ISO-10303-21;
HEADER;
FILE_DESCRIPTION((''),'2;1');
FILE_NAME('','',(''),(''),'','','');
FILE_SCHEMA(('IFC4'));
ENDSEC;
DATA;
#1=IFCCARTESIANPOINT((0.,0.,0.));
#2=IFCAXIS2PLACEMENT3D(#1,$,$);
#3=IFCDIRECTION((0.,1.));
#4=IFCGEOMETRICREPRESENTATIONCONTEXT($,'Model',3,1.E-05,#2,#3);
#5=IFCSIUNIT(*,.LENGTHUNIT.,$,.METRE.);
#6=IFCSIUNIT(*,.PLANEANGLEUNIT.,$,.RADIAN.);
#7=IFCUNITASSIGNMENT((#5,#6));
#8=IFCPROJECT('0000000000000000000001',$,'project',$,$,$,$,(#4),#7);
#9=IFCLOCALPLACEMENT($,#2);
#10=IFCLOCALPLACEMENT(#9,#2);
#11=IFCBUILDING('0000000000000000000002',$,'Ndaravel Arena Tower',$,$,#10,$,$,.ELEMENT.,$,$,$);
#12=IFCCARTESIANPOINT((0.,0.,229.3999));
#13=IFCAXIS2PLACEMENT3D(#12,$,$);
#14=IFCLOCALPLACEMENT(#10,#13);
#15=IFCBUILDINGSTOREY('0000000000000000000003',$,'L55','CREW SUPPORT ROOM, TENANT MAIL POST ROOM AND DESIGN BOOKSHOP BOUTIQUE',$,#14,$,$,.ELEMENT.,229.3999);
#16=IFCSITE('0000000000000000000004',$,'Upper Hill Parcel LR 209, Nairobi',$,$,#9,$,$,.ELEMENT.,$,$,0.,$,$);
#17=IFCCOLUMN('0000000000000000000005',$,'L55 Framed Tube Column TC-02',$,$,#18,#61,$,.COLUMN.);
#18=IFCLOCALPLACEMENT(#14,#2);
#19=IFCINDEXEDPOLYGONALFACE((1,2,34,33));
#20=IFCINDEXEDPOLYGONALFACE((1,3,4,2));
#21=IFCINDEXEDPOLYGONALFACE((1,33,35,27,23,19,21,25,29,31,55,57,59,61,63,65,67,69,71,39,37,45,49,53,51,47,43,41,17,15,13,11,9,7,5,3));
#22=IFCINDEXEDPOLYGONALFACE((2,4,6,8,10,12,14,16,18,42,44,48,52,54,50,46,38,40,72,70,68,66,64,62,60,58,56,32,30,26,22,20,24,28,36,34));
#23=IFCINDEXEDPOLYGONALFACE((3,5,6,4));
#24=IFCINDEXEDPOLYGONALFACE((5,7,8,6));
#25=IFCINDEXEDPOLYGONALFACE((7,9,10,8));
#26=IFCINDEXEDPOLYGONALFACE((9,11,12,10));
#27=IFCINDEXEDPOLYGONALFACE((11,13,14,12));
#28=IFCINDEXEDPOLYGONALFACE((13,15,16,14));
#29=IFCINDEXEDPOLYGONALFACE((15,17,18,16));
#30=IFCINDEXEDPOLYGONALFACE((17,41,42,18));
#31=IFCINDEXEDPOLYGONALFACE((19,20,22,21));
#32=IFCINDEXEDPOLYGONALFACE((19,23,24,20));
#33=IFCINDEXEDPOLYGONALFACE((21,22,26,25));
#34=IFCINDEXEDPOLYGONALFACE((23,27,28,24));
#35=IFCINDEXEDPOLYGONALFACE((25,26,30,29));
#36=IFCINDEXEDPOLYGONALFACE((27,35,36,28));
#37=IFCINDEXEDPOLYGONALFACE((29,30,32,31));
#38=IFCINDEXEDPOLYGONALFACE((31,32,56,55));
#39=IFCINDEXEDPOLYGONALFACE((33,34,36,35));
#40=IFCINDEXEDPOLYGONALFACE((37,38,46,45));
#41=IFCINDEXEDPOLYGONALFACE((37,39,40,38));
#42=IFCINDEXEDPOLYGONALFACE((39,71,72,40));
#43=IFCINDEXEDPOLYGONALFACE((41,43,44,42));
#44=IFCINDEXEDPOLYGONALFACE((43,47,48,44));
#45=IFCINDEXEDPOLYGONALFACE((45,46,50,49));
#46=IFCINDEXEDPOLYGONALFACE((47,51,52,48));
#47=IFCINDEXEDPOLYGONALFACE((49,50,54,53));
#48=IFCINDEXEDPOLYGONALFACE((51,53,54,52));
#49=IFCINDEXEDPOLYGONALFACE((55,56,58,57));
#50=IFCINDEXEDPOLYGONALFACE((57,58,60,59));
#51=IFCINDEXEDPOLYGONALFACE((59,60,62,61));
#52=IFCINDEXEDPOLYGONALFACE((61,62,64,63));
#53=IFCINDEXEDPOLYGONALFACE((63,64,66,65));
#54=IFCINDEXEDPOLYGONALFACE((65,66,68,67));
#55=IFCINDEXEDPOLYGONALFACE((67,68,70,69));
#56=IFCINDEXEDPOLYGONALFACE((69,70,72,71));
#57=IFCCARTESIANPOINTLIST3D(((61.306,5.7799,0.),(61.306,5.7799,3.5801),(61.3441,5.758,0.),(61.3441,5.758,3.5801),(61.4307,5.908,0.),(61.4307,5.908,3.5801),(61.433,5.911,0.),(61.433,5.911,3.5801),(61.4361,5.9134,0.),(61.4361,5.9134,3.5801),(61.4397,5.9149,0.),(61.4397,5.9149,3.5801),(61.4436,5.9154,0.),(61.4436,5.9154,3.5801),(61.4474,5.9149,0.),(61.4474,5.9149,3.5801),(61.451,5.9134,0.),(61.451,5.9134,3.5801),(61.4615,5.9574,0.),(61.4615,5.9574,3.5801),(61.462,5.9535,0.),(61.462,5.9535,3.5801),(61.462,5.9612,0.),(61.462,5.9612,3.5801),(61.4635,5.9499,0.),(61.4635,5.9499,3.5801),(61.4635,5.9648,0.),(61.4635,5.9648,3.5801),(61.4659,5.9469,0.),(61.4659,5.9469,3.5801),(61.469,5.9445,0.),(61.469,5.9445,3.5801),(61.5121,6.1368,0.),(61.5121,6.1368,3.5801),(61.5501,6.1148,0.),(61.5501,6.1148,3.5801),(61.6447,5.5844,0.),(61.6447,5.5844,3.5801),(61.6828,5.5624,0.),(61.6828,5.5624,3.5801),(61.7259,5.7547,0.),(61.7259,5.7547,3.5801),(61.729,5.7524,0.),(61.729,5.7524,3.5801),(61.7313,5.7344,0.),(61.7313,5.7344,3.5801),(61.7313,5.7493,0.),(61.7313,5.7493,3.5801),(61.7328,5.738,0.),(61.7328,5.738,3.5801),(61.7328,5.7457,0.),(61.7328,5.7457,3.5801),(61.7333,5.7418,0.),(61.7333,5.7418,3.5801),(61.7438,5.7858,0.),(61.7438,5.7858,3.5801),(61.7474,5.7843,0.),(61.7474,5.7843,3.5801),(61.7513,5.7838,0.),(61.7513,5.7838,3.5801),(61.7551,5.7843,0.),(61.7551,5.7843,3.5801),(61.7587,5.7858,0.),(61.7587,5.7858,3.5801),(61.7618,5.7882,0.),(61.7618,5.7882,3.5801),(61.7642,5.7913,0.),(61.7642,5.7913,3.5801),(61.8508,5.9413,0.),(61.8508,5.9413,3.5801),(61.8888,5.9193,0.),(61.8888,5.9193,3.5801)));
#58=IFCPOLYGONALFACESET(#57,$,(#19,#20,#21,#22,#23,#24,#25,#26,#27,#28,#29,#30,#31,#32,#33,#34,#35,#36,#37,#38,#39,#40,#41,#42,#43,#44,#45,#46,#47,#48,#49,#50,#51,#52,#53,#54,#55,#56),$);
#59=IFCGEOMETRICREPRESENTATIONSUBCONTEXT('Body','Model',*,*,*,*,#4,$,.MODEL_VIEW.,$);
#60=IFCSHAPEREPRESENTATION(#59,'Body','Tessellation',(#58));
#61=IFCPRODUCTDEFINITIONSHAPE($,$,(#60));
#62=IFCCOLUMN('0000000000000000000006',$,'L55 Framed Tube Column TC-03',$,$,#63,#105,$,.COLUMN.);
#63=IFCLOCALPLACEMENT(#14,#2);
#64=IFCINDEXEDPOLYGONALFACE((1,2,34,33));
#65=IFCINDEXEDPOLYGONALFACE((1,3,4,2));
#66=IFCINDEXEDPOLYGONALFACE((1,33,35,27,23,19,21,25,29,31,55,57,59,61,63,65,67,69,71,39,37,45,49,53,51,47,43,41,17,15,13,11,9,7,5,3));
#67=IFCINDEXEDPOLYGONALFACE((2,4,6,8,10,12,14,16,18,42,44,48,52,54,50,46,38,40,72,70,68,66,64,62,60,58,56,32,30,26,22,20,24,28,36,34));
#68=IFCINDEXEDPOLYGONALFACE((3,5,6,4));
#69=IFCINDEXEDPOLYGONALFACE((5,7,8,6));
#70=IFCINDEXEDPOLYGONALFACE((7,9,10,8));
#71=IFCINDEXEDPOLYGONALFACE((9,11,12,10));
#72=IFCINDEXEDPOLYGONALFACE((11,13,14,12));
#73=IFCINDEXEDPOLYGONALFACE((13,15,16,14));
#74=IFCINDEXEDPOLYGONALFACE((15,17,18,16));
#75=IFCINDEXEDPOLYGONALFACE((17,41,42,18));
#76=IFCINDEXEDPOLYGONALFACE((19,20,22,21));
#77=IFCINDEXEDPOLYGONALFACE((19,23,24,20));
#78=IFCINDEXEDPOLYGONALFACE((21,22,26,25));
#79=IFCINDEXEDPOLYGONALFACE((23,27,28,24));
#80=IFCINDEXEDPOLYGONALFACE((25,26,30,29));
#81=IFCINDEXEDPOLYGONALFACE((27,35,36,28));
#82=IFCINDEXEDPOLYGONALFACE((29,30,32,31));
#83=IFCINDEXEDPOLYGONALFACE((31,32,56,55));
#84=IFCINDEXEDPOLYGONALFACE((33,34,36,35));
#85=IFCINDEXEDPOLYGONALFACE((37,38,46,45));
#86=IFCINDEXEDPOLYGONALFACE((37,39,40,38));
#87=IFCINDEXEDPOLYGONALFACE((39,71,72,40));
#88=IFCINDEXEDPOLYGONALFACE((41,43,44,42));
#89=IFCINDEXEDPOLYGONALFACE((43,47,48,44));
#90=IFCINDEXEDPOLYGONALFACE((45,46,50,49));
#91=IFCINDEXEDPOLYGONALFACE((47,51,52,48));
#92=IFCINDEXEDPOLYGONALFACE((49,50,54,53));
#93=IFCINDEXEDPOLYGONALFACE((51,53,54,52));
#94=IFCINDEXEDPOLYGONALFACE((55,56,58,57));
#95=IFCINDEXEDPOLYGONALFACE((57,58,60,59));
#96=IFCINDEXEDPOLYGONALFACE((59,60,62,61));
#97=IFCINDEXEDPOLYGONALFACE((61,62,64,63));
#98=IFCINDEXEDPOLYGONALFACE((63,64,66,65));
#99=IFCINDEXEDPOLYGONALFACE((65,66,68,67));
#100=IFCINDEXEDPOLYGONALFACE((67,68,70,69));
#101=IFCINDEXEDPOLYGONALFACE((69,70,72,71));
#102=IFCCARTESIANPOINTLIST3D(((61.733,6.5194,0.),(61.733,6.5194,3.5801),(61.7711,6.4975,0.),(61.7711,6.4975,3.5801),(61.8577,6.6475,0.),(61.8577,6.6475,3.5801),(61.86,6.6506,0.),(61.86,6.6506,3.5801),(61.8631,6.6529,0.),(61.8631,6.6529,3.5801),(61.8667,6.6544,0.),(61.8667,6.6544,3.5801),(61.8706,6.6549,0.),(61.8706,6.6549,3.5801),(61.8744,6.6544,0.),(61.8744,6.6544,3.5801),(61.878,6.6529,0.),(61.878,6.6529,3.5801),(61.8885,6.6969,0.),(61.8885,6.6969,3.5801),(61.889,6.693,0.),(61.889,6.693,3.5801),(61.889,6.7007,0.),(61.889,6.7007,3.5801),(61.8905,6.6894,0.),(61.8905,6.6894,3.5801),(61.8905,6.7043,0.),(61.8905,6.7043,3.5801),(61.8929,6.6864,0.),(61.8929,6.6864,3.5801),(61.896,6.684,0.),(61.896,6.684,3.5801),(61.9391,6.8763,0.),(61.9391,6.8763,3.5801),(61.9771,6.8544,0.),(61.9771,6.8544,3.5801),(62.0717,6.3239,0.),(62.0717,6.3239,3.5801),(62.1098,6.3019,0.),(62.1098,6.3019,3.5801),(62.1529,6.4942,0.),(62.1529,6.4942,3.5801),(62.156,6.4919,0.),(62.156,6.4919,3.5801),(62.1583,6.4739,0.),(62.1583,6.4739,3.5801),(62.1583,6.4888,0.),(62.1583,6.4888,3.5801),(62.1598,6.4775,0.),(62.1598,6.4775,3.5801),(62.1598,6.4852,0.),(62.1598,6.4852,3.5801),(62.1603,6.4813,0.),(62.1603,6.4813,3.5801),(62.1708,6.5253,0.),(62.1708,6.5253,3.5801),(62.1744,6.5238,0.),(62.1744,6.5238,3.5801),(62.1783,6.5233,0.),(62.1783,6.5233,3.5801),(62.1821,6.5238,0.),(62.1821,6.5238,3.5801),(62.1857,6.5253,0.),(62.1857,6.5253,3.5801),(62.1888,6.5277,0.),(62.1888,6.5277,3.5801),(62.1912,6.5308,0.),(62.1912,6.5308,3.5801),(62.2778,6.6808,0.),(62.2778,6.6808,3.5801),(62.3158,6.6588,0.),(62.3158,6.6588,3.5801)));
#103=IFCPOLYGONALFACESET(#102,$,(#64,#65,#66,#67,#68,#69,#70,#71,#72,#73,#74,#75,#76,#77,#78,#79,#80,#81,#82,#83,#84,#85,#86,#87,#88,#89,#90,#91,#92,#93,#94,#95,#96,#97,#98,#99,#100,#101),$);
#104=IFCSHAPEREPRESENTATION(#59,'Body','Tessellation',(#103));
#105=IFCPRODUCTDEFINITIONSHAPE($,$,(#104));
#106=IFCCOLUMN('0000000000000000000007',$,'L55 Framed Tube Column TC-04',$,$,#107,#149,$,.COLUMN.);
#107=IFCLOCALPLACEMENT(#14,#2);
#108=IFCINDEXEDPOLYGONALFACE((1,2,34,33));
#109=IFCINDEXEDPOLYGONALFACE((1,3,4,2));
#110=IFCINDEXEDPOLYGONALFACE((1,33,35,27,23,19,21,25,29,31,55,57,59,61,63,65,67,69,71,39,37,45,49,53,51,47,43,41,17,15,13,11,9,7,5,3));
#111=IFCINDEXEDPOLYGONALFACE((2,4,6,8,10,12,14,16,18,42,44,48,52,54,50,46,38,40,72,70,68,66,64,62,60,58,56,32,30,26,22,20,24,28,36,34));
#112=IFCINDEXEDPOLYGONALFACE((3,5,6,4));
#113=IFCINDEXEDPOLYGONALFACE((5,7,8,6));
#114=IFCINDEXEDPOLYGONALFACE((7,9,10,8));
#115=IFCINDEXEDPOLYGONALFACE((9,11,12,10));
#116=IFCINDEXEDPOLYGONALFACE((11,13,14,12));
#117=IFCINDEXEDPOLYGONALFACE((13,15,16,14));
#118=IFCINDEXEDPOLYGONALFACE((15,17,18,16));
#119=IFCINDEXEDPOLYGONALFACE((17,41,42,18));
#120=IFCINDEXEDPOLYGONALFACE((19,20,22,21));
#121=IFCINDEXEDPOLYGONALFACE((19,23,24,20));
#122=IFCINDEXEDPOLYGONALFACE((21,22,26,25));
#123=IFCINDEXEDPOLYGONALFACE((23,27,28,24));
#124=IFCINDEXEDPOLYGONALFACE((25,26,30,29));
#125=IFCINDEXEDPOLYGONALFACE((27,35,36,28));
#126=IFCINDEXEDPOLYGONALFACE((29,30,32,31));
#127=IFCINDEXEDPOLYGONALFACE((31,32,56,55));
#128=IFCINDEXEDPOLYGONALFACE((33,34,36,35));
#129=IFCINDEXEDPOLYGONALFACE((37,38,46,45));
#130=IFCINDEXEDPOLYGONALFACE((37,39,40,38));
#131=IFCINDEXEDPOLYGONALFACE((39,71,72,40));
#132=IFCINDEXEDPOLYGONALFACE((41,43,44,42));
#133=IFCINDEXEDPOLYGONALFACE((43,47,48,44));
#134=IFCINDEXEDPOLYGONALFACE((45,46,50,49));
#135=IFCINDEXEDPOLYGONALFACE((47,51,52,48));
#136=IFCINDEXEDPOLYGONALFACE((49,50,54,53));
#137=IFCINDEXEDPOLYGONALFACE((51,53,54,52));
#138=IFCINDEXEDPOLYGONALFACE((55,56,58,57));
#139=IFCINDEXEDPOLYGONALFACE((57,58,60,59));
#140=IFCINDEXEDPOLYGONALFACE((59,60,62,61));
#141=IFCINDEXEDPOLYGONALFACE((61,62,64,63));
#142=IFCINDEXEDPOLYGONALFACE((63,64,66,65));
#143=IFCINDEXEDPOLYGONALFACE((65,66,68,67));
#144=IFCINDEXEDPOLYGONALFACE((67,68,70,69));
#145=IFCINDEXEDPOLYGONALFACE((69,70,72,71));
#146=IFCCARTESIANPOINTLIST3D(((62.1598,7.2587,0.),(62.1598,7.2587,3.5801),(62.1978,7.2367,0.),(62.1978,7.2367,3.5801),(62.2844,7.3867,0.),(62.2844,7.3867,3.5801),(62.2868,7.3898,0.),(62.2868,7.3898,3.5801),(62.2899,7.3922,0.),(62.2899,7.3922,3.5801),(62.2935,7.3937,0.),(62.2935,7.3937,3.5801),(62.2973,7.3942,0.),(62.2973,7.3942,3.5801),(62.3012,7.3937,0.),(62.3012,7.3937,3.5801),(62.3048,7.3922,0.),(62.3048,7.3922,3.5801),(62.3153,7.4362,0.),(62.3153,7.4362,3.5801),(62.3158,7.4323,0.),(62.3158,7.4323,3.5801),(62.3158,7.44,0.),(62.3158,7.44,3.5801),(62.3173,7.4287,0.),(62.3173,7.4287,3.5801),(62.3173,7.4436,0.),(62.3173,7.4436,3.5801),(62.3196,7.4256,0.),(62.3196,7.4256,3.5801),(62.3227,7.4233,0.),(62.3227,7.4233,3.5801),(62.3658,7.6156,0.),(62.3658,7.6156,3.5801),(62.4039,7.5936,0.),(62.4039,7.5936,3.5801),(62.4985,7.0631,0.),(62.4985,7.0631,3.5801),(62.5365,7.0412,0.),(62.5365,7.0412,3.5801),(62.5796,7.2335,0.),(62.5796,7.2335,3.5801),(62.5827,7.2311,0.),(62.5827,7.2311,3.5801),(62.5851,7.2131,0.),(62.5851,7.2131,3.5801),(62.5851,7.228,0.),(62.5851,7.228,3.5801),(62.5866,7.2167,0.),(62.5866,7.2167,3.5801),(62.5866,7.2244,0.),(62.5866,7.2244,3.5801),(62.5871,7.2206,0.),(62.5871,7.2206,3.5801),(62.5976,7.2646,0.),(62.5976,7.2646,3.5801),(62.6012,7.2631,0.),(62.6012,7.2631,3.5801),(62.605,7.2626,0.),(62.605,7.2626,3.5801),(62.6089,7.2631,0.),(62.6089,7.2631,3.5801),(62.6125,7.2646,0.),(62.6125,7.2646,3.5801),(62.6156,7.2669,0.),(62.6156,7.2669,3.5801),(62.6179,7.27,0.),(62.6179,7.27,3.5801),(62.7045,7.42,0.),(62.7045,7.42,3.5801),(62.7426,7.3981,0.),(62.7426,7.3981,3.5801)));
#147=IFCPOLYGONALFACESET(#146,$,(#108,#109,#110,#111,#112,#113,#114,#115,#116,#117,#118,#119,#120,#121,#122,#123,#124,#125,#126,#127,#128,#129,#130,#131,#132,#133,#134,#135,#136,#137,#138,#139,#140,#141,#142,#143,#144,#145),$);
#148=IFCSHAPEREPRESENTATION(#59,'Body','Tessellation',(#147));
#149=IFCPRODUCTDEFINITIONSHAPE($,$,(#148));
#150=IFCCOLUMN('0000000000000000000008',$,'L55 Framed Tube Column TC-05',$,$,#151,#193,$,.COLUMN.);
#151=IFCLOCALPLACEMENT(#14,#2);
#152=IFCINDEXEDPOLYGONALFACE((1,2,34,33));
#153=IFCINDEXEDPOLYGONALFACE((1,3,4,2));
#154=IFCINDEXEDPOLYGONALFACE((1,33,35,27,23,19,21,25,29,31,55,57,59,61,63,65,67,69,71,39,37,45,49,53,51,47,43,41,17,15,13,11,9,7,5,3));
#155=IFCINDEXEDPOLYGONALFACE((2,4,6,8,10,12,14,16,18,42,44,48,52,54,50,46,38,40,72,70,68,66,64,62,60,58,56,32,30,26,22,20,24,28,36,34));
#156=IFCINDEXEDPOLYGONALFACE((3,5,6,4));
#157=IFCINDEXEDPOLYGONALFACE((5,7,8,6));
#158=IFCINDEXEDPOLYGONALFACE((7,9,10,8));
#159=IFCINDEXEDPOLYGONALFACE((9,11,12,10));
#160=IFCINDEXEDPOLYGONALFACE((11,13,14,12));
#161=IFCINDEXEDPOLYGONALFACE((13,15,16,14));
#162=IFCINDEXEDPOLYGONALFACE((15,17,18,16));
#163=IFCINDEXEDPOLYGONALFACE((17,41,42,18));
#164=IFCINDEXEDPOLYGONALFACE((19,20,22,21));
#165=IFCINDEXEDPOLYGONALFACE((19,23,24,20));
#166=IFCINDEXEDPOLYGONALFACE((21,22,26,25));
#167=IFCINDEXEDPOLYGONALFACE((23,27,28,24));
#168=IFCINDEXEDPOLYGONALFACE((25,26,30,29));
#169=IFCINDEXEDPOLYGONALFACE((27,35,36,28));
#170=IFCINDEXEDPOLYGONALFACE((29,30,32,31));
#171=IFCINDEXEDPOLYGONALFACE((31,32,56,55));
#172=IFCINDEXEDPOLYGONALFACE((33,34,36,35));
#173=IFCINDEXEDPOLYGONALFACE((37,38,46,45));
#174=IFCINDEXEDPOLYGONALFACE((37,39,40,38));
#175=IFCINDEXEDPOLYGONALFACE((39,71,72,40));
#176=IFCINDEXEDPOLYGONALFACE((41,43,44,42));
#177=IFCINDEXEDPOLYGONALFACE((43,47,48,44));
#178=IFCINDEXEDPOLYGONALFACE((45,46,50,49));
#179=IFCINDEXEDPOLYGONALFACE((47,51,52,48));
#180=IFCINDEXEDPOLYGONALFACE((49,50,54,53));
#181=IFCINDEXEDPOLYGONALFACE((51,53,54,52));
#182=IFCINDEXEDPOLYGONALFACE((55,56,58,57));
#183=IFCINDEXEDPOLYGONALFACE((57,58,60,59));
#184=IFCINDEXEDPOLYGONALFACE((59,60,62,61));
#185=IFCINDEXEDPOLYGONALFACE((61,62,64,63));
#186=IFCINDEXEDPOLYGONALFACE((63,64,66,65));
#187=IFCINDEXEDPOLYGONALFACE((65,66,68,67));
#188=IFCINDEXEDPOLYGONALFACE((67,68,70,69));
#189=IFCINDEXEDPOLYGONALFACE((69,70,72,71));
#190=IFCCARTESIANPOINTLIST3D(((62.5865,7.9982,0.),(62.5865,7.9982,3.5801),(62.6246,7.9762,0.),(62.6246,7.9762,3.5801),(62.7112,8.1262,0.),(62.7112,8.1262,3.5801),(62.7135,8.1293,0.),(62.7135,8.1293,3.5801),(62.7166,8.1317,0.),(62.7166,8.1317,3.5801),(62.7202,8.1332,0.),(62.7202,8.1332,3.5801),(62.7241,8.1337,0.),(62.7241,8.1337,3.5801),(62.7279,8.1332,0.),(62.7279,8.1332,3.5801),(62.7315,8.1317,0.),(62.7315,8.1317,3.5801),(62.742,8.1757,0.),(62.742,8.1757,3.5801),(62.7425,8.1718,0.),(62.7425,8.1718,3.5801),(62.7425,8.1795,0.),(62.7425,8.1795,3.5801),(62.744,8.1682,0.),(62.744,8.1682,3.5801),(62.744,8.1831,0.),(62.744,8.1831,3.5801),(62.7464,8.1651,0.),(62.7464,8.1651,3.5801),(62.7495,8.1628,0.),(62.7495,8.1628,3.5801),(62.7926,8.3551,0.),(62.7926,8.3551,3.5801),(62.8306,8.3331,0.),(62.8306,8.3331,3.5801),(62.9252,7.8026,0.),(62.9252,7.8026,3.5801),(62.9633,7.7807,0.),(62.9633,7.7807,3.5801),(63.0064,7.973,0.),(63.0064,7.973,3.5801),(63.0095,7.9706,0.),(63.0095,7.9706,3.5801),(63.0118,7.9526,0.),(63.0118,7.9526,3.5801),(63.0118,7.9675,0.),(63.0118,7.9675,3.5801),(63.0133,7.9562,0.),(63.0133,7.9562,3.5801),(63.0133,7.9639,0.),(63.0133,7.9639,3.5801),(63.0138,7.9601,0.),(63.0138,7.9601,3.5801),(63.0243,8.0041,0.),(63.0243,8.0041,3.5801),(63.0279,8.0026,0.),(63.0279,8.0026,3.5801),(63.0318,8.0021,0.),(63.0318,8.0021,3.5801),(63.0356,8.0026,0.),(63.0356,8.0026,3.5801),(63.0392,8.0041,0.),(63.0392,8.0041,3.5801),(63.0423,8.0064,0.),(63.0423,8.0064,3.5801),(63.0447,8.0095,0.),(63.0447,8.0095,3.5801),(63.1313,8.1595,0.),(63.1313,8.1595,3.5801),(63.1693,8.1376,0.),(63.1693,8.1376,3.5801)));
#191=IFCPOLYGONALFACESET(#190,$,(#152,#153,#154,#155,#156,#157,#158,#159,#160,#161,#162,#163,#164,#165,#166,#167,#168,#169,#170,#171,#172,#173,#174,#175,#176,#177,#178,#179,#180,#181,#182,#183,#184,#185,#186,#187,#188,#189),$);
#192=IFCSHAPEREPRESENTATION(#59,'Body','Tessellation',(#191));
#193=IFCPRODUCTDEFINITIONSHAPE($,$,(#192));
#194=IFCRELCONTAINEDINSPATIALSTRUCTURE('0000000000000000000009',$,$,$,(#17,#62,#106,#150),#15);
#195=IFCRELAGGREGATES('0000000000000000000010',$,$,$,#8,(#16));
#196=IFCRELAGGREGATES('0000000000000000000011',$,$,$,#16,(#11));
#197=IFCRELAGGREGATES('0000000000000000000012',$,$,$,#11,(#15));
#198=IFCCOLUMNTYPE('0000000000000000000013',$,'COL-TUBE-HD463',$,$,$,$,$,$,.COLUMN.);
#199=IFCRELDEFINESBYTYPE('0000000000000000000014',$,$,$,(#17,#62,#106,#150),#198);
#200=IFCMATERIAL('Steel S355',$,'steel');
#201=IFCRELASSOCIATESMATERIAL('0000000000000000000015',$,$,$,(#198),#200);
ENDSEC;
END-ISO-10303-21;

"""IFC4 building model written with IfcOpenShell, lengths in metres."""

from ifc_helpers import new_model, si_unit, direction, frame, origin, origin_2d, place, context, subcontext, project, spatial, i_section, extrude, material, material_profile, profile_set, type_object, element, save


model = new_model("IFC4")

# Units and contexts
model_context = context("Model", 3, precision=1e-05, world=origin(), true_north=direction((0.0, 1.0)))
body_context = subcontext(model_context, "Body", "Model", "MODEL_VIEW")
ifc_project = project(units=[si_unit("LENGTHUNIT", "METRE"), si_unit("PLANEANGLEUNIT", "RADIAN")], contexts=[model_context])

# Site, building, storey
site_placement = place(None, origin())
site = spatial("IfcSite", under=ifc_project, at=site_placement, Name="Upper Hill Parcel LR 209, Nairobi", CompositionType="ELEMENT", RefElevation=0.0)
building_placement = place(site_placement, origin())
building = spatial("IfcBuilding", under=site, at=building_placement, Name="Ndaravel Arena Tower", CompositionType="ELEMENT")
storey_placement = place(building_placement, frame((0.0, 0.0, 229.3999)))
storey = spatial("IfcBuildingStorey", under=building, at=storey_placement, Name="L55", Description="CREW SUPPORT ROOM, TENANT MAIL POST ROOM AND DESIGN BOOKSHOP BOUTIQUE", CompositionType="ELEMENT", Elevation=229.3999)

# Columns
ifc_material_1 = material(Name="Steel S355", Category="steel")
ifc_material_profile_1 = material_profile(ifc_material_1, i_section(OverallWidth=0.4121, OverallDepth=0.4351, WebThickness=0.0359, FlangeThickness=0.0439, FilletRadius=0.0149, at=origin_2d()), Name="HD 400x463")
ifc_profile_set_1 = profile_set([ifc_material_profile_1], Name="Steel S355")
column_type = type_object("IfcColumnType", Name="COL-TUBE-HD463", PredefinedType="COLUMN", material=ifc_profile_set_1)
for number, where, z_axis, x_axis, name in (
    (1, (61.5974, 5.8496, 0.0), (0.0, 0.0, 1.0), (0.5, 0.866025, 0.0), "L55 Framed Tube Column TC-02"),
    (2, (62.0244, 6.5891, 0.0), (0.0, 0.0, 1.0), (0.5, 0.866025, 0.0), "L55 Framed Tube Column TC-03"),
    (3, (62.4512, 7.3284, 0.0), (0.0, 0.0, 1.0), (0.5, 0.866025, 0.0), "L55 Framed Tube Column TC-04"),
    (4, (62.8779, 8.0679, 0.0), (0.0, 0.0, 1.0), (0.5, 0.866025, 0.0), "L55 Framed Tube Column TC-05"),
):
    element("IfcColumn", number, at=place(storey_placement, frame(where, z_axis=z_axis, x_axis=x_axis)), inside=storey, type_object=column_type, Name=name, PredefinedType="COLUMN", context=body_context, shape_type="SweptSolid", body=[
        extrude(i_section(OverallWidth=0.4121, OverallDepth=0.4351, WebThickness=0.0359, FlangeThickness=0.0439, FilletRadius=0.0149, at=origin_2d()), origin(), (0.0, 0.0, 1.0), 3.5801),
    ])

save(model, "model.ifc")
